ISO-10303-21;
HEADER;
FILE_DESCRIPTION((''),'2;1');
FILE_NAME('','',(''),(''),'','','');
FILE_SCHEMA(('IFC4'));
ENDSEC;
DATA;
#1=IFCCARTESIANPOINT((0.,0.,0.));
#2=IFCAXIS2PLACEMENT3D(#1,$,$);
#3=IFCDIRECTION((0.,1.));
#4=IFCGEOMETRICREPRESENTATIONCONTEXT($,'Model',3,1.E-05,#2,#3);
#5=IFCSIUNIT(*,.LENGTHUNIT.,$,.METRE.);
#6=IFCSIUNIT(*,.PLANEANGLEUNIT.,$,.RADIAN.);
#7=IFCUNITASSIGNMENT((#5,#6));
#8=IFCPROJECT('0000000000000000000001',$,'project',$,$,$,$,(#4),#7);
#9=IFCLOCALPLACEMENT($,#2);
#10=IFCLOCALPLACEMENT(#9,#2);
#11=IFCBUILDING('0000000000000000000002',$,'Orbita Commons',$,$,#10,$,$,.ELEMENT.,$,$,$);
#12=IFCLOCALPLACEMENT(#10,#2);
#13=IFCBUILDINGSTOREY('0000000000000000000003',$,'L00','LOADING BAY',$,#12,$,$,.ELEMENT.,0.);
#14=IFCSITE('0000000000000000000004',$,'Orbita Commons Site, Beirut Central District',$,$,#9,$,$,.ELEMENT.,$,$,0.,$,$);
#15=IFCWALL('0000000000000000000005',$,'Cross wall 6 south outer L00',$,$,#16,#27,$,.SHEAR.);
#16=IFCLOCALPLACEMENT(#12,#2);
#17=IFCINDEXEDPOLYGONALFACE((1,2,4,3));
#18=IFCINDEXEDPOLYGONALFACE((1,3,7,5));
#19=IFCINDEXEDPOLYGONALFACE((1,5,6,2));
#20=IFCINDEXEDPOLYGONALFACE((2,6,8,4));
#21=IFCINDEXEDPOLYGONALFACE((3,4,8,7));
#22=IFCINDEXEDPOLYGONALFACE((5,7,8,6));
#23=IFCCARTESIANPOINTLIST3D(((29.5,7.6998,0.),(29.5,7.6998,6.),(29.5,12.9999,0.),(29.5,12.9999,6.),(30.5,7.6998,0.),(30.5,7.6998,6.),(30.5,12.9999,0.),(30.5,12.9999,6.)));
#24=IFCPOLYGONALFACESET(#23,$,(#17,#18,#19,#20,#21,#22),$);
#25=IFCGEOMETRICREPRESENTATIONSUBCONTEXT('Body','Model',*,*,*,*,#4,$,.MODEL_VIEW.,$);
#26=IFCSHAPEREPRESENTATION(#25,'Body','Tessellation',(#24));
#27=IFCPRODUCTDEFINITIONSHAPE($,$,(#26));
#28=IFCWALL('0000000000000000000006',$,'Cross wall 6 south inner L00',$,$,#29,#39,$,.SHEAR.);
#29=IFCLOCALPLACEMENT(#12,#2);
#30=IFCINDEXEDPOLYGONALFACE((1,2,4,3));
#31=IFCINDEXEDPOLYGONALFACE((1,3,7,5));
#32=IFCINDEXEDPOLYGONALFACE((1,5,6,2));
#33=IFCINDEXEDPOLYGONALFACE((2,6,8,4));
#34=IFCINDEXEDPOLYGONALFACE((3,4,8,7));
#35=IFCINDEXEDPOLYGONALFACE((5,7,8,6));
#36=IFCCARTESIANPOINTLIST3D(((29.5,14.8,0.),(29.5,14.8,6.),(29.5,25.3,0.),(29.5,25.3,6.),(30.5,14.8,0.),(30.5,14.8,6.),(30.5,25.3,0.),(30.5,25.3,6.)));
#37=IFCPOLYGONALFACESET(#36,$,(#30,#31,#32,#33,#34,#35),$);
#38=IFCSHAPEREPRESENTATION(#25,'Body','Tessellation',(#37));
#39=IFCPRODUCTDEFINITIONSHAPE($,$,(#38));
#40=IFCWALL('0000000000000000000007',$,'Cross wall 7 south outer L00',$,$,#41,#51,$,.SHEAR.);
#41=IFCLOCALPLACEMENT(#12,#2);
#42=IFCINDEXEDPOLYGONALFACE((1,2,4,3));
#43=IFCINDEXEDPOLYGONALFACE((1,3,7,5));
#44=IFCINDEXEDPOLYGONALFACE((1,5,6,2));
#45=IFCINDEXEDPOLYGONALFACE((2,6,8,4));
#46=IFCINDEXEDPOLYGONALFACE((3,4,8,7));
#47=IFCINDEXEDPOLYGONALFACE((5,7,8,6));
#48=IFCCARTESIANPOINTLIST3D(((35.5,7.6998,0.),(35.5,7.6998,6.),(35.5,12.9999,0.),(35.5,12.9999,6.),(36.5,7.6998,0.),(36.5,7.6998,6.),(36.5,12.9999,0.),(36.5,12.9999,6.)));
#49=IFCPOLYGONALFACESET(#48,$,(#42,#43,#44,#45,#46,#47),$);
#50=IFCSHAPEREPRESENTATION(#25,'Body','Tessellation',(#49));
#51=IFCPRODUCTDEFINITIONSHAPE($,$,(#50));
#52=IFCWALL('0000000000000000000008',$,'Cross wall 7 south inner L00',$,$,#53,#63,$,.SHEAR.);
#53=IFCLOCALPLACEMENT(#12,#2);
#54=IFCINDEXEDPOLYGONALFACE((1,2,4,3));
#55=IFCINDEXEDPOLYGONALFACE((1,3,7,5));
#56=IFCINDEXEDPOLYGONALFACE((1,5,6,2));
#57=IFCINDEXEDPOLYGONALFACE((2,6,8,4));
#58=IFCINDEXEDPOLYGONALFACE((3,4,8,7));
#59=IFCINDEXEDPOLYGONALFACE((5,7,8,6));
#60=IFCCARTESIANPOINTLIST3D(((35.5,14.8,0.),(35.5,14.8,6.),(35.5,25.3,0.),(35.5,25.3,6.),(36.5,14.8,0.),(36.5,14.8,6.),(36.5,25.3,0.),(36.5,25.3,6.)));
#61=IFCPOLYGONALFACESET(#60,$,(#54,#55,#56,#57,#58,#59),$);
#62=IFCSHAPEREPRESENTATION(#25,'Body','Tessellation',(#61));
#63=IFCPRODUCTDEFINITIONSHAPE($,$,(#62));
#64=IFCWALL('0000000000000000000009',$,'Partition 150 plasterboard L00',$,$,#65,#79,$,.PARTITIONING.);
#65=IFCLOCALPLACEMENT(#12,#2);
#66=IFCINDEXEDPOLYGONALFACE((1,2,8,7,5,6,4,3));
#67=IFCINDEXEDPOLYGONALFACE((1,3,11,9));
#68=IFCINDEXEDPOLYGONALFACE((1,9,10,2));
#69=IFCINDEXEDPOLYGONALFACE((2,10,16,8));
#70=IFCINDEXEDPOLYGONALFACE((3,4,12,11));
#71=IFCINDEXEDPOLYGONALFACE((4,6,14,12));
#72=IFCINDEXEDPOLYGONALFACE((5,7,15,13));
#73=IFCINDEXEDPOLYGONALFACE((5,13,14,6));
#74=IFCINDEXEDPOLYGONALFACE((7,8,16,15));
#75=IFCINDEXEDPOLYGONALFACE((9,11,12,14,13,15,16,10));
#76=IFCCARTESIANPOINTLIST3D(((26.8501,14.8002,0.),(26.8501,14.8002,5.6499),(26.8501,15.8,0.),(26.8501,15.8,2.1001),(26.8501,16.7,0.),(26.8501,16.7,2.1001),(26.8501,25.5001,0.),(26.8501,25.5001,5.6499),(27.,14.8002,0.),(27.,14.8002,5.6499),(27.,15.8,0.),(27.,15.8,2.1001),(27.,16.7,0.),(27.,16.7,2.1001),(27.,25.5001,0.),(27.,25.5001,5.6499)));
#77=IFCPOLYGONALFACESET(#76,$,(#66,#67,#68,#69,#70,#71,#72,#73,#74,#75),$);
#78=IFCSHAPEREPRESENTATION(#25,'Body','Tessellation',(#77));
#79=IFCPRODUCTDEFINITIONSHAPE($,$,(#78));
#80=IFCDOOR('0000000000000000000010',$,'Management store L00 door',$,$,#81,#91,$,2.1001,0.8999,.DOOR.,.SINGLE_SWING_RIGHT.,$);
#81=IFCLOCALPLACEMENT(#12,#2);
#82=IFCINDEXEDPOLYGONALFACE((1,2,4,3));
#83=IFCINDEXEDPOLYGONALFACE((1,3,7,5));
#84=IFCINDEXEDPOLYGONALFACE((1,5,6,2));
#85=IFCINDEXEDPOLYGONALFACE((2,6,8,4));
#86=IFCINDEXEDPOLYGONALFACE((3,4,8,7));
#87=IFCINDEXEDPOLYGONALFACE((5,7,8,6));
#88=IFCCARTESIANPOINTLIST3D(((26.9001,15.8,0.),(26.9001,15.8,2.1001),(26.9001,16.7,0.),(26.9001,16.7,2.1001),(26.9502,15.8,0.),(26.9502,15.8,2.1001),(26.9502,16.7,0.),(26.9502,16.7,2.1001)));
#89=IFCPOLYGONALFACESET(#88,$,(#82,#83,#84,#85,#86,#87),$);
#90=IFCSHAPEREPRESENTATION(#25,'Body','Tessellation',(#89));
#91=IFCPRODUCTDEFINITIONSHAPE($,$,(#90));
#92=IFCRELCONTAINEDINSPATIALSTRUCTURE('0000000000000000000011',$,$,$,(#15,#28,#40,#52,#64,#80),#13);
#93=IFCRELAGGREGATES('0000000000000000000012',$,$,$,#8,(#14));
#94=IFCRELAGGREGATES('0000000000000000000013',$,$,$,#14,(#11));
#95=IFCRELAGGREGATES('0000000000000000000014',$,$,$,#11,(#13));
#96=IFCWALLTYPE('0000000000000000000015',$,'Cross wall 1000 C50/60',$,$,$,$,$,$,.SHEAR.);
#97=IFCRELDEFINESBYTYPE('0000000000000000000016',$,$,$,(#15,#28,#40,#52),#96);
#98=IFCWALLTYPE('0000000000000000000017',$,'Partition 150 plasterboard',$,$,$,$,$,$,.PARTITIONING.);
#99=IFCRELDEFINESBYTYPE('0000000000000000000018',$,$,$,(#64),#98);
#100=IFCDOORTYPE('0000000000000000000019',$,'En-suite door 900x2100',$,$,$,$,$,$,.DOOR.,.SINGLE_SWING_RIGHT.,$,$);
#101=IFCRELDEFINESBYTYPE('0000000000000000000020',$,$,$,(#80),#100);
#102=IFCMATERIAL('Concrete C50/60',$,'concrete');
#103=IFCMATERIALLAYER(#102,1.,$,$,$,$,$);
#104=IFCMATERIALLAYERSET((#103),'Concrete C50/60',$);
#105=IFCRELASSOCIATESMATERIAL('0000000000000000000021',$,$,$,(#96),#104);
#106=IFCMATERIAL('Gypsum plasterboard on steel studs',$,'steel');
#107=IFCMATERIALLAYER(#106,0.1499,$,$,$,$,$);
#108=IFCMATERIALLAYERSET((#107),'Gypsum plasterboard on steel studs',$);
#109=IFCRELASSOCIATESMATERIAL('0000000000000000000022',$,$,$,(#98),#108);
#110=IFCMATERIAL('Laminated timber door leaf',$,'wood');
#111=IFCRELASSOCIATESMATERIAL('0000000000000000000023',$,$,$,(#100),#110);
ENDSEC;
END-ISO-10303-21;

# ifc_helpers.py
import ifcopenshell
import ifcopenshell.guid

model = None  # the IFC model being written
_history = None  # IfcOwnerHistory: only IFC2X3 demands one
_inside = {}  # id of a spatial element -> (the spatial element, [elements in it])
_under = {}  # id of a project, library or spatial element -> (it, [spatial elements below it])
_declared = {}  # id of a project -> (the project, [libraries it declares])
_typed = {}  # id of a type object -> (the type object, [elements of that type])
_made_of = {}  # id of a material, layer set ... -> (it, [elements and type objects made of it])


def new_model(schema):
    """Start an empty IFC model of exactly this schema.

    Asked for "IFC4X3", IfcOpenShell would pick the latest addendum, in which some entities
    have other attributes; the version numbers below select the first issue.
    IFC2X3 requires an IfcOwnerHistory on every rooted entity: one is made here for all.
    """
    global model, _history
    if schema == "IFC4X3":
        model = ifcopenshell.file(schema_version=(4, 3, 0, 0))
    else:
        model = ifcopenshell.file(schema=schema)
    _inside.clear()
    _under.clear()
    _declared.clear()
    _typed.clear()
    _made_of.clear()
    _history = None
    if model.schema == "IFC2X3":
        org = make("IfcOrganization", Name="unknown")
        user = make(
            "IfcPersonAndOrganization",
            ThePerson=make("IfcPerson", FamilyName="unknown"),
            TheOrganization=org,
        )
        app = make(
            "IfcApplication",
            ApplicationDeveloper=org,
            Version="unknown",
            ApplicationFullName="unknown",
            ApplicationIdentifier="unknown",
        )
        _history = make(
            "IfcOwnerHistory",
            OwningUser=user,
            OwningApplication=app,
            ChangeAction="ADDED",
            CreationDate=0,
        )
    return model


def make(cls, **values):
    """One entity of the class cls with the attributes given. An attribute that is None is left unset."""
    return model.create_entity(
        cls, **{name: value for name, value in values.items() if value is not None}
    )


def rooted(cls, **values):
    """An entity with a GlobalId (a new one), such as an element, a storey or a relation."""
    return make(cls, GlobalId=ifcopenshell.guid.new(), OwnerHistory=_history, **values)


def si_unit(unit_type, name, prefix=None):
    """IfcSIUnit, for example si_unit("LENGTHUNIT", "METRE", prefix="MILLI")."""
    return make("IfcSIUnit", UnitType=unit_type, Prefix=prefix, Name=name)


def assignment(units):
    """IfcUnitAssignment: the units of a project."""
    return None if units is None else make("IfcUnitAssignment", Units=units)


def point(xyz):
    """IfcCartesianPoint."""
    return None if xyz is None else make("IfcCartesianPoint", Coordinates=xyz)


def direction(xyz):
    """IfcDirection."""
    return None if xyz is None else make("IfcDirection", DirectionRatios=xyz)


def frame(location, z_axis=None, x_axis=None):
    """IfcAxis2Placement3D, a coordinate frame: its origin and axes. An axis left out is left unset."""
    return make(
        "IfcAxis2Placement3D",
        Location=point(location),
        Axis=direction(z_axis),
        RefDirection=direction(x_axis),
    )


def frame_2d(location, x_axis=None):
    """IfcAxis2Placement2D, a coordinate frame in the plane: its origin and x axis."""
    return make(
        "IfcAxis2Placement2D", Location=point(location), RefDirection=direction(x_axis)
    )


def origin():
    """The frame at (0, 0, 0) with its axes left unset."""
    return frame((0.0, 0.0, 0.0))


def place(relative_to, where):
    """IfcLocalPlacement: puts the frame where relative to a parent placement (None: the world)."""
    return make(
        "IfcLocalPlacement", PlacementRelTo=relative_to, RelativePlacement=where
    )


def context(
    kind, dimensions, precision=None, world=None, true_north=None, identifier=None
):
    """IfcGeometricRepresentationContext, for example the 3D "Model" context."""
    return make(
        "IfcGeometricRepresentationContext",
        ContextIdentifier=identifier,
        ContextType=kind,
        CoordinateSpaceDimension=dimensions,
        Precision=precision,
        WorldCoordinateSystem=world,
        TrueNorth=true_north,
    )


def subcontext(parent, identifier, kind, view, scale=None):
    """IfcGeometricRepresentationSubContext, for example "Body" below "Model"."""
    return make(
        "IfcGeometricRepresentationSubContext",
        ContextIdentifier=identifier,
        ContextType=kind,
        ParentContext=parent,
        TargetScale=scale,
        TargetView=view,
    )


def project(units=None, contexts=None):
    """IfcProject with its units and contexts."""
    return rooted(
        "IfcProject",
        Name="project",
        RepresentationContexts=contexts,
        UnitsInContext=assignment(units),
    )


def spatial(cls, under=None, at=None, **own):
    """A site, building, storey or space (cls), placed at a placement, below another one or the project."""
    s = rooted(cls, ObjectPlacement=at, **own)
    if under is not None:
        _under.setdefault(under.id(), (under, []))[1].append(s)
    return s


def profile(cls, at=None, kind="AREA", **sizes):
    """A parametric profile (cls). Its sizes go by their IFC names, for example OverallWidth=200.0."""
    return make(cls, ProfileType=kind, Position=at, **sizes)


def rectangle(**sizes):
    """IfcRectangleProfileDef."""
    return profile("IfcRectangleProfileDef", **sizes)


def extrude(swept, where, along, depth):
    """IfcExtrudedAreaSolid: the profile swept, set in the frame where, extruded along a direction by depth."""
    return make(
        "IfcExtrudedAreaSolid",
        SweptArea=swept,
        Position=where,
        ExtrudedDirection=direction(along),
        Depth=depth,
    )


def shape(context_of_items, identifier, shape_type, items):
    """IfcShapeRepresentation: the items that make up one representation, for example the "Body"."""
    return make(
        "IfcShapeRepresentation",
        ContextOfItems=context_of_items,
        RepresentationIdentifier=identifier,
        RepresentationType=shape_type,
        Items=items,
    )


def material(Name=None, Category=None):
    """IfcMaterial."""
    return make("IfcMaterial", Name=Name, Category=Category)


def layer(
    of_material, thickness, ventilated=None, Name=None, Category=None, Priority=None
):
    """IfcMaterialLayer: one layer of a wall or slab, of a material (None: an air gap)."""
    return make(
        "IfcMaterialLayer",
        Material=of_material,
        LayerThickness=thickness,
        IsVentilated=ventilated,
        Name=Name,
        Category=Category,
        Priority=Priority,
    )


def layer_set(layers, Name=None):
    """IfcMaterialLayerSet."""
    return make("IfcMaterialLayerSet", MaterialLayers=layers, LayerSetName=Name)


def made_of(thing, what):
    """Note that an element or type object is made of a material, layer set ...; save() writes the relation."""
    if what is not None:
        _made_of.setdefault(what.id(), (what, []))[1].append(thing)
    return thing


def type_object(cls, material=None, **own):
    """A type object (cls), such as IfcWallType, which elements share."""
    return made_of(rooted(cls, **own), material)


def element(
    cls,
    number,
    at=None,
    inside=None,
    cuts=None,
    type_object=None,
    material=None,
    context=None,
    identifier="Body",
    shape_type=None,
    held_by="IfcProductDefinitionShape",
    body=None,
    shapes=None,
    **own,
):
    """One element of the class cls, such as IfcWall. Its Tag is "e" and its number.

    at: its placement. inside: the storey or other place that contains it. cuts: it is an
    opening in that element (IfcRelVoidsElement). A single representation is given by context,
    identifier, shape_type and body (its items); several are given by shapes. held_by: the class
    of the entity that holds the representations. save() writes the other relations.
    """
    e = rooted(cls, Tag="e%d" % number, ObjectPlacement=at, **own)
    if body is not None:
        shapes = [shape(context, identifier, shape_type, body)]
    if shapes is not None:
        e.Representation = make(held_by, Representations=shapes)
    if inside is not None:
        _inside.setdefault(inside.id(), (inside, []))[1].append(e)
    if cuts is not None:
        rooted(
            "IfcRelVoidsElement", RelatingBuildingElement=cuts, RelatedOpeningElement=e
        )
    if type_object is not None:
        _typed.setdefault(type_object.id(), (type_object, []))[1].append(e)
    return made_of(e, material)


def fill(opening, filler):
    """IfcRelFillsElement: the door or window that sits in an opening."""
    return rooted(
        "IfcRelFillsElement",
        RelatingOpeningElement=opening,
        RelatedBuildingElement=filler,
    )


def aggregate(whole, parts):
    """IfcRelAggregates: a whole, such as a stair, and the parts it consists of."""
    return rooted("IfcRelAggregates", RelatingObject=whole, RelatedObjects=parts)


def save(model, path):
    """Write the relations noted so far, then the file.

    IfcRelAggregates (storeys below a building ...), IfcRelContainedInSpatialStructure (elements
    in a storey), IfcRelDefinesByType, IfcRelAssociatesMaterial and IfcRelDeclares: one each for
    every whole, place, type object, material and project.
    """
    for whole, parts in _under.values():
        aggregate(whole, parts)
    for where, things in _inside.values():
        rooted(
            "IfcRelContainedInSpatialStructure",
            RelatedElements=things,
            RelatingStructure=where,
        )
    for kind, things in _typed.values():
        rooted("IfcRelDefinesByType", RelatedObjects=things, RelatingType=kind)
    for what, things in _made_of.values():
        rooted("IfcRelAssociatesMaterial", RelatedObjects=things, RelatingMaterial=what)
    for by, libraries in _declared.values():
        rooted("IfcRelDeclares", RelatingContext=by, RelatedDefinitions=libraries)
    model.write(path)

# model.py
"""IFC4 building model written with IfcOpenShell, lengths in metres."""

from ifc_helpers import new_model, si_unit, direction, frame, frame_2d, origin, place, context, subcontext, project, spatial, rectangle, extrude, material, layer, layer_set, type_object, element, fill, save


model = new_model("IFC4")

# Units and contexts
model_context = context("Model", 3, precision=1e-05, world=origin(), true_north=direction((0.0, 1.0)))
body_context = subcontext(model_context, "Body", "Model", "MODEL_VIEW")
ifc_project = project(units=[si_unit("LENGTHUNIT", "METRE"), si_unit("PLANEANGLEUNIT", "RADIAN")], contexts=[model_context])

# Site, building, storey
site_placement = place(None, origin())
site = spatial("IfcSite", under=ifc_project, at=site_placement, Name="Orbita Commons Site, Beirut Central District", CompositionType="ELEMENT", RefElevation=0.0)
building_placement = place(site_placement, origin())
building = spatial("IfcBuilding", under=site, at=building_placement, Name="Orbita Commons", CompositionType="ELEMENT")
storey_placement = place(building_placement, origin())
storey = spatial("IfcBuildingStorey", under=building, at=storey_placement, Name="L00", Description="LOADING BAY", CompositionType="ELEMENT", Elevation=0.0)

# Walls
ifc_material_1 = material(Name="Concrete C50/60", Category="concrete")
ifc_layer_1 = layer(ifc_material_1, 1.0)
ifc_layer_set_1 = layer_set([ifc_layer_1], Name="Concrete C50/60")
wall_type_1 = type_object("IfcWallType", Name="Cross wall 1000 C50/60", PredefinedType="SHEAR", material=ifc_layer_set_1)
wall_1_placement = place(storey_placement, frame((30.0, 7.7, 0.0), z_axis=(0.0, 0.0, 1.0), x_axis=(0.0, 1.0, 0.0)))
element("IfcWall", 1, at=wall_1_placement, inside=storey, type_object=wall_type_1, Name="Cross wall 6 south outer L00", PredefinedType="SHEAR", context=body_context, shape_type="SweptSolid", body=[
    extrude(rectangle(XDim=5.3, YDim=1.0, at=frame_2d((2.6499, 0.0))), origin(), (0.0, 0.0, 1.0), 6.0),
])
wall_2_placement = place(storey_placement, frame((30.0, 14.8, 0.0), z_axis=(0.0, 0.0, 1.0), x_axis=(0.0, 1.0, 0.0)))
element("IfcWall", 2, at=wall_2_placement, inside=storey, type_object=wall_type_1, Name="Cross wall 6 south inner L00", PredefinedType="SHEAR", context=body_context, shape_type="SweptSolid", body=[
    extrude(rectangle(XDim=10.5, YDim=1.0, at=frame_2d((5.25, 0.0))), origin(), (0.0, 0.0, 1.0), 6.0),
])
wall_3_placement = place(storey_placement, frame((36.0, 7.7, 0.0), z_axis=(0.0, 0.0, 1.0), x_axis=(0.0, 1.0, 0.0)))
element("IfcWall", 3, at=wall_3_placement, inside=storey, type_object=wall_type_1, Name="Cross wall 7 south outer L00", PredefinedType="SHEAR", context=body_context, shape_type="SweptSolid", body=[
    extrude(rectangle(XDim=5.3, YDim=1.0, at=frame_2d((2.6499, 0.0))), origin(), (0.0, 0.0, 1.0), 6.0),
])
wall_4_placement = place(storey_placement, frame((36.0, 14.8, 0.0), z_axis=(0.0, 0.0, 1.0), x_axis=(0.0, 1.0, 0.0)))
element("IfcWall", 4, at=wall_4_placement, inside=storey, type_object=wall_type_1, Name="Cross wall 7 south inner L00", PredefinedType="SHEAR", context=body_context, shape_type="SweptSolid", body=[
    extrude(rectangle(XDim=10.5, YDim=1.0, at=frame_2d((5.25, 0.0))), origin(), (0.0, 0.0, 1.0), 6.0),
])

# Wall, opening, door
ifc_material_2 = material(Name="Gypsum plasterboard on steel studs", Category="steel")
ifc_layer_2 = layer(ifc_material_2, 0.1499)
ifc_layer_set_2 = layer_set([ifc_layer_2], Name="Gypsum plasterboard on steel studs")
wall_type_2 = type_object("IfcWallType", Name="Partition 150 plasterboard", PredefinedType="PARTITIONING", material=ifc_layer_set_2)
wall_5_placement = place(storey_placement, frame((26.925, 14.8, 0.0), z_axis=(0.0, 0.0, 1.0), x_axis=(0.0, 1.0, 0.0)))
wall_5 = element("IfcWall", 5, at=wall_5_placement, inside=storey, type_object=wall_type_2, Name="Partition 150 plasterboard L00", PredefinedType="PARTITIONING", context=body_context, shape_type="SweptSolid", body=[
    extrude(rectangle(XDim=10.7, YDim=0.1499, at=frame_2d((5.3501, 0.0))), origin(), (0.0, 0.0, 1.0), 5.6499),
])
opening_1_placement = place(wall_5_placement, frame((1.0, 0.0, 0.0)))
opening_1 = element("IfcOpeningElement", 6, at=opening_1_placement, cuts=wall_5, PredefinedType="OPENING", context=body_context, shape_type="SweptSolid", body=[
    extrude(rectangle(XDim=0.8999, YDim=2.1001, at=frame_2d((0.45, 1.05))), frame((0.0, 0.085, 0.0), z_axis=(0.0, -1.0, 0.0), x_axis=(1.0, 0.0, 0.0)), (0.0, 0.0, 1.0), 0.1699),
])
ifc_material_3 = material(Name="Laminated timber door leaf", Category="wood")
door_type_1 = type_object("IfcDoorType", Name="En-suite door 900x2100", OperationType="SINGLE_SWING_RIGHT", PredefinedType="DOOR", material=ifc_material_3)
door_1_placement = place(opening_1_placement, origin())
door_1 = element("IfcDoor", 7, at=door_1_placement, inside=storey, type_object=door_type_1, Name="Management store L00 door", OperationType="SINGLE_SWING_RIGHT", OverallHeight=2.1001, OverallWidth=0.8999, PredefinedType="DOOR", context=body_context, shape_type="SweptSolid", body=[
    extrude(rectangle(XDim=0.8999, YDim=2.1001, at=frame_2d((0.45, 1.05))), frame((0.0, 0.0249, 0.0), z_axis=(0.0, -1.0, 0.0), x_axis=(1.0, 0.0, 0.0)), (0.0, 0.0, 1.0), 0.05),
])
fill(opening_1, door_1)

save(model, "model.ifc")
